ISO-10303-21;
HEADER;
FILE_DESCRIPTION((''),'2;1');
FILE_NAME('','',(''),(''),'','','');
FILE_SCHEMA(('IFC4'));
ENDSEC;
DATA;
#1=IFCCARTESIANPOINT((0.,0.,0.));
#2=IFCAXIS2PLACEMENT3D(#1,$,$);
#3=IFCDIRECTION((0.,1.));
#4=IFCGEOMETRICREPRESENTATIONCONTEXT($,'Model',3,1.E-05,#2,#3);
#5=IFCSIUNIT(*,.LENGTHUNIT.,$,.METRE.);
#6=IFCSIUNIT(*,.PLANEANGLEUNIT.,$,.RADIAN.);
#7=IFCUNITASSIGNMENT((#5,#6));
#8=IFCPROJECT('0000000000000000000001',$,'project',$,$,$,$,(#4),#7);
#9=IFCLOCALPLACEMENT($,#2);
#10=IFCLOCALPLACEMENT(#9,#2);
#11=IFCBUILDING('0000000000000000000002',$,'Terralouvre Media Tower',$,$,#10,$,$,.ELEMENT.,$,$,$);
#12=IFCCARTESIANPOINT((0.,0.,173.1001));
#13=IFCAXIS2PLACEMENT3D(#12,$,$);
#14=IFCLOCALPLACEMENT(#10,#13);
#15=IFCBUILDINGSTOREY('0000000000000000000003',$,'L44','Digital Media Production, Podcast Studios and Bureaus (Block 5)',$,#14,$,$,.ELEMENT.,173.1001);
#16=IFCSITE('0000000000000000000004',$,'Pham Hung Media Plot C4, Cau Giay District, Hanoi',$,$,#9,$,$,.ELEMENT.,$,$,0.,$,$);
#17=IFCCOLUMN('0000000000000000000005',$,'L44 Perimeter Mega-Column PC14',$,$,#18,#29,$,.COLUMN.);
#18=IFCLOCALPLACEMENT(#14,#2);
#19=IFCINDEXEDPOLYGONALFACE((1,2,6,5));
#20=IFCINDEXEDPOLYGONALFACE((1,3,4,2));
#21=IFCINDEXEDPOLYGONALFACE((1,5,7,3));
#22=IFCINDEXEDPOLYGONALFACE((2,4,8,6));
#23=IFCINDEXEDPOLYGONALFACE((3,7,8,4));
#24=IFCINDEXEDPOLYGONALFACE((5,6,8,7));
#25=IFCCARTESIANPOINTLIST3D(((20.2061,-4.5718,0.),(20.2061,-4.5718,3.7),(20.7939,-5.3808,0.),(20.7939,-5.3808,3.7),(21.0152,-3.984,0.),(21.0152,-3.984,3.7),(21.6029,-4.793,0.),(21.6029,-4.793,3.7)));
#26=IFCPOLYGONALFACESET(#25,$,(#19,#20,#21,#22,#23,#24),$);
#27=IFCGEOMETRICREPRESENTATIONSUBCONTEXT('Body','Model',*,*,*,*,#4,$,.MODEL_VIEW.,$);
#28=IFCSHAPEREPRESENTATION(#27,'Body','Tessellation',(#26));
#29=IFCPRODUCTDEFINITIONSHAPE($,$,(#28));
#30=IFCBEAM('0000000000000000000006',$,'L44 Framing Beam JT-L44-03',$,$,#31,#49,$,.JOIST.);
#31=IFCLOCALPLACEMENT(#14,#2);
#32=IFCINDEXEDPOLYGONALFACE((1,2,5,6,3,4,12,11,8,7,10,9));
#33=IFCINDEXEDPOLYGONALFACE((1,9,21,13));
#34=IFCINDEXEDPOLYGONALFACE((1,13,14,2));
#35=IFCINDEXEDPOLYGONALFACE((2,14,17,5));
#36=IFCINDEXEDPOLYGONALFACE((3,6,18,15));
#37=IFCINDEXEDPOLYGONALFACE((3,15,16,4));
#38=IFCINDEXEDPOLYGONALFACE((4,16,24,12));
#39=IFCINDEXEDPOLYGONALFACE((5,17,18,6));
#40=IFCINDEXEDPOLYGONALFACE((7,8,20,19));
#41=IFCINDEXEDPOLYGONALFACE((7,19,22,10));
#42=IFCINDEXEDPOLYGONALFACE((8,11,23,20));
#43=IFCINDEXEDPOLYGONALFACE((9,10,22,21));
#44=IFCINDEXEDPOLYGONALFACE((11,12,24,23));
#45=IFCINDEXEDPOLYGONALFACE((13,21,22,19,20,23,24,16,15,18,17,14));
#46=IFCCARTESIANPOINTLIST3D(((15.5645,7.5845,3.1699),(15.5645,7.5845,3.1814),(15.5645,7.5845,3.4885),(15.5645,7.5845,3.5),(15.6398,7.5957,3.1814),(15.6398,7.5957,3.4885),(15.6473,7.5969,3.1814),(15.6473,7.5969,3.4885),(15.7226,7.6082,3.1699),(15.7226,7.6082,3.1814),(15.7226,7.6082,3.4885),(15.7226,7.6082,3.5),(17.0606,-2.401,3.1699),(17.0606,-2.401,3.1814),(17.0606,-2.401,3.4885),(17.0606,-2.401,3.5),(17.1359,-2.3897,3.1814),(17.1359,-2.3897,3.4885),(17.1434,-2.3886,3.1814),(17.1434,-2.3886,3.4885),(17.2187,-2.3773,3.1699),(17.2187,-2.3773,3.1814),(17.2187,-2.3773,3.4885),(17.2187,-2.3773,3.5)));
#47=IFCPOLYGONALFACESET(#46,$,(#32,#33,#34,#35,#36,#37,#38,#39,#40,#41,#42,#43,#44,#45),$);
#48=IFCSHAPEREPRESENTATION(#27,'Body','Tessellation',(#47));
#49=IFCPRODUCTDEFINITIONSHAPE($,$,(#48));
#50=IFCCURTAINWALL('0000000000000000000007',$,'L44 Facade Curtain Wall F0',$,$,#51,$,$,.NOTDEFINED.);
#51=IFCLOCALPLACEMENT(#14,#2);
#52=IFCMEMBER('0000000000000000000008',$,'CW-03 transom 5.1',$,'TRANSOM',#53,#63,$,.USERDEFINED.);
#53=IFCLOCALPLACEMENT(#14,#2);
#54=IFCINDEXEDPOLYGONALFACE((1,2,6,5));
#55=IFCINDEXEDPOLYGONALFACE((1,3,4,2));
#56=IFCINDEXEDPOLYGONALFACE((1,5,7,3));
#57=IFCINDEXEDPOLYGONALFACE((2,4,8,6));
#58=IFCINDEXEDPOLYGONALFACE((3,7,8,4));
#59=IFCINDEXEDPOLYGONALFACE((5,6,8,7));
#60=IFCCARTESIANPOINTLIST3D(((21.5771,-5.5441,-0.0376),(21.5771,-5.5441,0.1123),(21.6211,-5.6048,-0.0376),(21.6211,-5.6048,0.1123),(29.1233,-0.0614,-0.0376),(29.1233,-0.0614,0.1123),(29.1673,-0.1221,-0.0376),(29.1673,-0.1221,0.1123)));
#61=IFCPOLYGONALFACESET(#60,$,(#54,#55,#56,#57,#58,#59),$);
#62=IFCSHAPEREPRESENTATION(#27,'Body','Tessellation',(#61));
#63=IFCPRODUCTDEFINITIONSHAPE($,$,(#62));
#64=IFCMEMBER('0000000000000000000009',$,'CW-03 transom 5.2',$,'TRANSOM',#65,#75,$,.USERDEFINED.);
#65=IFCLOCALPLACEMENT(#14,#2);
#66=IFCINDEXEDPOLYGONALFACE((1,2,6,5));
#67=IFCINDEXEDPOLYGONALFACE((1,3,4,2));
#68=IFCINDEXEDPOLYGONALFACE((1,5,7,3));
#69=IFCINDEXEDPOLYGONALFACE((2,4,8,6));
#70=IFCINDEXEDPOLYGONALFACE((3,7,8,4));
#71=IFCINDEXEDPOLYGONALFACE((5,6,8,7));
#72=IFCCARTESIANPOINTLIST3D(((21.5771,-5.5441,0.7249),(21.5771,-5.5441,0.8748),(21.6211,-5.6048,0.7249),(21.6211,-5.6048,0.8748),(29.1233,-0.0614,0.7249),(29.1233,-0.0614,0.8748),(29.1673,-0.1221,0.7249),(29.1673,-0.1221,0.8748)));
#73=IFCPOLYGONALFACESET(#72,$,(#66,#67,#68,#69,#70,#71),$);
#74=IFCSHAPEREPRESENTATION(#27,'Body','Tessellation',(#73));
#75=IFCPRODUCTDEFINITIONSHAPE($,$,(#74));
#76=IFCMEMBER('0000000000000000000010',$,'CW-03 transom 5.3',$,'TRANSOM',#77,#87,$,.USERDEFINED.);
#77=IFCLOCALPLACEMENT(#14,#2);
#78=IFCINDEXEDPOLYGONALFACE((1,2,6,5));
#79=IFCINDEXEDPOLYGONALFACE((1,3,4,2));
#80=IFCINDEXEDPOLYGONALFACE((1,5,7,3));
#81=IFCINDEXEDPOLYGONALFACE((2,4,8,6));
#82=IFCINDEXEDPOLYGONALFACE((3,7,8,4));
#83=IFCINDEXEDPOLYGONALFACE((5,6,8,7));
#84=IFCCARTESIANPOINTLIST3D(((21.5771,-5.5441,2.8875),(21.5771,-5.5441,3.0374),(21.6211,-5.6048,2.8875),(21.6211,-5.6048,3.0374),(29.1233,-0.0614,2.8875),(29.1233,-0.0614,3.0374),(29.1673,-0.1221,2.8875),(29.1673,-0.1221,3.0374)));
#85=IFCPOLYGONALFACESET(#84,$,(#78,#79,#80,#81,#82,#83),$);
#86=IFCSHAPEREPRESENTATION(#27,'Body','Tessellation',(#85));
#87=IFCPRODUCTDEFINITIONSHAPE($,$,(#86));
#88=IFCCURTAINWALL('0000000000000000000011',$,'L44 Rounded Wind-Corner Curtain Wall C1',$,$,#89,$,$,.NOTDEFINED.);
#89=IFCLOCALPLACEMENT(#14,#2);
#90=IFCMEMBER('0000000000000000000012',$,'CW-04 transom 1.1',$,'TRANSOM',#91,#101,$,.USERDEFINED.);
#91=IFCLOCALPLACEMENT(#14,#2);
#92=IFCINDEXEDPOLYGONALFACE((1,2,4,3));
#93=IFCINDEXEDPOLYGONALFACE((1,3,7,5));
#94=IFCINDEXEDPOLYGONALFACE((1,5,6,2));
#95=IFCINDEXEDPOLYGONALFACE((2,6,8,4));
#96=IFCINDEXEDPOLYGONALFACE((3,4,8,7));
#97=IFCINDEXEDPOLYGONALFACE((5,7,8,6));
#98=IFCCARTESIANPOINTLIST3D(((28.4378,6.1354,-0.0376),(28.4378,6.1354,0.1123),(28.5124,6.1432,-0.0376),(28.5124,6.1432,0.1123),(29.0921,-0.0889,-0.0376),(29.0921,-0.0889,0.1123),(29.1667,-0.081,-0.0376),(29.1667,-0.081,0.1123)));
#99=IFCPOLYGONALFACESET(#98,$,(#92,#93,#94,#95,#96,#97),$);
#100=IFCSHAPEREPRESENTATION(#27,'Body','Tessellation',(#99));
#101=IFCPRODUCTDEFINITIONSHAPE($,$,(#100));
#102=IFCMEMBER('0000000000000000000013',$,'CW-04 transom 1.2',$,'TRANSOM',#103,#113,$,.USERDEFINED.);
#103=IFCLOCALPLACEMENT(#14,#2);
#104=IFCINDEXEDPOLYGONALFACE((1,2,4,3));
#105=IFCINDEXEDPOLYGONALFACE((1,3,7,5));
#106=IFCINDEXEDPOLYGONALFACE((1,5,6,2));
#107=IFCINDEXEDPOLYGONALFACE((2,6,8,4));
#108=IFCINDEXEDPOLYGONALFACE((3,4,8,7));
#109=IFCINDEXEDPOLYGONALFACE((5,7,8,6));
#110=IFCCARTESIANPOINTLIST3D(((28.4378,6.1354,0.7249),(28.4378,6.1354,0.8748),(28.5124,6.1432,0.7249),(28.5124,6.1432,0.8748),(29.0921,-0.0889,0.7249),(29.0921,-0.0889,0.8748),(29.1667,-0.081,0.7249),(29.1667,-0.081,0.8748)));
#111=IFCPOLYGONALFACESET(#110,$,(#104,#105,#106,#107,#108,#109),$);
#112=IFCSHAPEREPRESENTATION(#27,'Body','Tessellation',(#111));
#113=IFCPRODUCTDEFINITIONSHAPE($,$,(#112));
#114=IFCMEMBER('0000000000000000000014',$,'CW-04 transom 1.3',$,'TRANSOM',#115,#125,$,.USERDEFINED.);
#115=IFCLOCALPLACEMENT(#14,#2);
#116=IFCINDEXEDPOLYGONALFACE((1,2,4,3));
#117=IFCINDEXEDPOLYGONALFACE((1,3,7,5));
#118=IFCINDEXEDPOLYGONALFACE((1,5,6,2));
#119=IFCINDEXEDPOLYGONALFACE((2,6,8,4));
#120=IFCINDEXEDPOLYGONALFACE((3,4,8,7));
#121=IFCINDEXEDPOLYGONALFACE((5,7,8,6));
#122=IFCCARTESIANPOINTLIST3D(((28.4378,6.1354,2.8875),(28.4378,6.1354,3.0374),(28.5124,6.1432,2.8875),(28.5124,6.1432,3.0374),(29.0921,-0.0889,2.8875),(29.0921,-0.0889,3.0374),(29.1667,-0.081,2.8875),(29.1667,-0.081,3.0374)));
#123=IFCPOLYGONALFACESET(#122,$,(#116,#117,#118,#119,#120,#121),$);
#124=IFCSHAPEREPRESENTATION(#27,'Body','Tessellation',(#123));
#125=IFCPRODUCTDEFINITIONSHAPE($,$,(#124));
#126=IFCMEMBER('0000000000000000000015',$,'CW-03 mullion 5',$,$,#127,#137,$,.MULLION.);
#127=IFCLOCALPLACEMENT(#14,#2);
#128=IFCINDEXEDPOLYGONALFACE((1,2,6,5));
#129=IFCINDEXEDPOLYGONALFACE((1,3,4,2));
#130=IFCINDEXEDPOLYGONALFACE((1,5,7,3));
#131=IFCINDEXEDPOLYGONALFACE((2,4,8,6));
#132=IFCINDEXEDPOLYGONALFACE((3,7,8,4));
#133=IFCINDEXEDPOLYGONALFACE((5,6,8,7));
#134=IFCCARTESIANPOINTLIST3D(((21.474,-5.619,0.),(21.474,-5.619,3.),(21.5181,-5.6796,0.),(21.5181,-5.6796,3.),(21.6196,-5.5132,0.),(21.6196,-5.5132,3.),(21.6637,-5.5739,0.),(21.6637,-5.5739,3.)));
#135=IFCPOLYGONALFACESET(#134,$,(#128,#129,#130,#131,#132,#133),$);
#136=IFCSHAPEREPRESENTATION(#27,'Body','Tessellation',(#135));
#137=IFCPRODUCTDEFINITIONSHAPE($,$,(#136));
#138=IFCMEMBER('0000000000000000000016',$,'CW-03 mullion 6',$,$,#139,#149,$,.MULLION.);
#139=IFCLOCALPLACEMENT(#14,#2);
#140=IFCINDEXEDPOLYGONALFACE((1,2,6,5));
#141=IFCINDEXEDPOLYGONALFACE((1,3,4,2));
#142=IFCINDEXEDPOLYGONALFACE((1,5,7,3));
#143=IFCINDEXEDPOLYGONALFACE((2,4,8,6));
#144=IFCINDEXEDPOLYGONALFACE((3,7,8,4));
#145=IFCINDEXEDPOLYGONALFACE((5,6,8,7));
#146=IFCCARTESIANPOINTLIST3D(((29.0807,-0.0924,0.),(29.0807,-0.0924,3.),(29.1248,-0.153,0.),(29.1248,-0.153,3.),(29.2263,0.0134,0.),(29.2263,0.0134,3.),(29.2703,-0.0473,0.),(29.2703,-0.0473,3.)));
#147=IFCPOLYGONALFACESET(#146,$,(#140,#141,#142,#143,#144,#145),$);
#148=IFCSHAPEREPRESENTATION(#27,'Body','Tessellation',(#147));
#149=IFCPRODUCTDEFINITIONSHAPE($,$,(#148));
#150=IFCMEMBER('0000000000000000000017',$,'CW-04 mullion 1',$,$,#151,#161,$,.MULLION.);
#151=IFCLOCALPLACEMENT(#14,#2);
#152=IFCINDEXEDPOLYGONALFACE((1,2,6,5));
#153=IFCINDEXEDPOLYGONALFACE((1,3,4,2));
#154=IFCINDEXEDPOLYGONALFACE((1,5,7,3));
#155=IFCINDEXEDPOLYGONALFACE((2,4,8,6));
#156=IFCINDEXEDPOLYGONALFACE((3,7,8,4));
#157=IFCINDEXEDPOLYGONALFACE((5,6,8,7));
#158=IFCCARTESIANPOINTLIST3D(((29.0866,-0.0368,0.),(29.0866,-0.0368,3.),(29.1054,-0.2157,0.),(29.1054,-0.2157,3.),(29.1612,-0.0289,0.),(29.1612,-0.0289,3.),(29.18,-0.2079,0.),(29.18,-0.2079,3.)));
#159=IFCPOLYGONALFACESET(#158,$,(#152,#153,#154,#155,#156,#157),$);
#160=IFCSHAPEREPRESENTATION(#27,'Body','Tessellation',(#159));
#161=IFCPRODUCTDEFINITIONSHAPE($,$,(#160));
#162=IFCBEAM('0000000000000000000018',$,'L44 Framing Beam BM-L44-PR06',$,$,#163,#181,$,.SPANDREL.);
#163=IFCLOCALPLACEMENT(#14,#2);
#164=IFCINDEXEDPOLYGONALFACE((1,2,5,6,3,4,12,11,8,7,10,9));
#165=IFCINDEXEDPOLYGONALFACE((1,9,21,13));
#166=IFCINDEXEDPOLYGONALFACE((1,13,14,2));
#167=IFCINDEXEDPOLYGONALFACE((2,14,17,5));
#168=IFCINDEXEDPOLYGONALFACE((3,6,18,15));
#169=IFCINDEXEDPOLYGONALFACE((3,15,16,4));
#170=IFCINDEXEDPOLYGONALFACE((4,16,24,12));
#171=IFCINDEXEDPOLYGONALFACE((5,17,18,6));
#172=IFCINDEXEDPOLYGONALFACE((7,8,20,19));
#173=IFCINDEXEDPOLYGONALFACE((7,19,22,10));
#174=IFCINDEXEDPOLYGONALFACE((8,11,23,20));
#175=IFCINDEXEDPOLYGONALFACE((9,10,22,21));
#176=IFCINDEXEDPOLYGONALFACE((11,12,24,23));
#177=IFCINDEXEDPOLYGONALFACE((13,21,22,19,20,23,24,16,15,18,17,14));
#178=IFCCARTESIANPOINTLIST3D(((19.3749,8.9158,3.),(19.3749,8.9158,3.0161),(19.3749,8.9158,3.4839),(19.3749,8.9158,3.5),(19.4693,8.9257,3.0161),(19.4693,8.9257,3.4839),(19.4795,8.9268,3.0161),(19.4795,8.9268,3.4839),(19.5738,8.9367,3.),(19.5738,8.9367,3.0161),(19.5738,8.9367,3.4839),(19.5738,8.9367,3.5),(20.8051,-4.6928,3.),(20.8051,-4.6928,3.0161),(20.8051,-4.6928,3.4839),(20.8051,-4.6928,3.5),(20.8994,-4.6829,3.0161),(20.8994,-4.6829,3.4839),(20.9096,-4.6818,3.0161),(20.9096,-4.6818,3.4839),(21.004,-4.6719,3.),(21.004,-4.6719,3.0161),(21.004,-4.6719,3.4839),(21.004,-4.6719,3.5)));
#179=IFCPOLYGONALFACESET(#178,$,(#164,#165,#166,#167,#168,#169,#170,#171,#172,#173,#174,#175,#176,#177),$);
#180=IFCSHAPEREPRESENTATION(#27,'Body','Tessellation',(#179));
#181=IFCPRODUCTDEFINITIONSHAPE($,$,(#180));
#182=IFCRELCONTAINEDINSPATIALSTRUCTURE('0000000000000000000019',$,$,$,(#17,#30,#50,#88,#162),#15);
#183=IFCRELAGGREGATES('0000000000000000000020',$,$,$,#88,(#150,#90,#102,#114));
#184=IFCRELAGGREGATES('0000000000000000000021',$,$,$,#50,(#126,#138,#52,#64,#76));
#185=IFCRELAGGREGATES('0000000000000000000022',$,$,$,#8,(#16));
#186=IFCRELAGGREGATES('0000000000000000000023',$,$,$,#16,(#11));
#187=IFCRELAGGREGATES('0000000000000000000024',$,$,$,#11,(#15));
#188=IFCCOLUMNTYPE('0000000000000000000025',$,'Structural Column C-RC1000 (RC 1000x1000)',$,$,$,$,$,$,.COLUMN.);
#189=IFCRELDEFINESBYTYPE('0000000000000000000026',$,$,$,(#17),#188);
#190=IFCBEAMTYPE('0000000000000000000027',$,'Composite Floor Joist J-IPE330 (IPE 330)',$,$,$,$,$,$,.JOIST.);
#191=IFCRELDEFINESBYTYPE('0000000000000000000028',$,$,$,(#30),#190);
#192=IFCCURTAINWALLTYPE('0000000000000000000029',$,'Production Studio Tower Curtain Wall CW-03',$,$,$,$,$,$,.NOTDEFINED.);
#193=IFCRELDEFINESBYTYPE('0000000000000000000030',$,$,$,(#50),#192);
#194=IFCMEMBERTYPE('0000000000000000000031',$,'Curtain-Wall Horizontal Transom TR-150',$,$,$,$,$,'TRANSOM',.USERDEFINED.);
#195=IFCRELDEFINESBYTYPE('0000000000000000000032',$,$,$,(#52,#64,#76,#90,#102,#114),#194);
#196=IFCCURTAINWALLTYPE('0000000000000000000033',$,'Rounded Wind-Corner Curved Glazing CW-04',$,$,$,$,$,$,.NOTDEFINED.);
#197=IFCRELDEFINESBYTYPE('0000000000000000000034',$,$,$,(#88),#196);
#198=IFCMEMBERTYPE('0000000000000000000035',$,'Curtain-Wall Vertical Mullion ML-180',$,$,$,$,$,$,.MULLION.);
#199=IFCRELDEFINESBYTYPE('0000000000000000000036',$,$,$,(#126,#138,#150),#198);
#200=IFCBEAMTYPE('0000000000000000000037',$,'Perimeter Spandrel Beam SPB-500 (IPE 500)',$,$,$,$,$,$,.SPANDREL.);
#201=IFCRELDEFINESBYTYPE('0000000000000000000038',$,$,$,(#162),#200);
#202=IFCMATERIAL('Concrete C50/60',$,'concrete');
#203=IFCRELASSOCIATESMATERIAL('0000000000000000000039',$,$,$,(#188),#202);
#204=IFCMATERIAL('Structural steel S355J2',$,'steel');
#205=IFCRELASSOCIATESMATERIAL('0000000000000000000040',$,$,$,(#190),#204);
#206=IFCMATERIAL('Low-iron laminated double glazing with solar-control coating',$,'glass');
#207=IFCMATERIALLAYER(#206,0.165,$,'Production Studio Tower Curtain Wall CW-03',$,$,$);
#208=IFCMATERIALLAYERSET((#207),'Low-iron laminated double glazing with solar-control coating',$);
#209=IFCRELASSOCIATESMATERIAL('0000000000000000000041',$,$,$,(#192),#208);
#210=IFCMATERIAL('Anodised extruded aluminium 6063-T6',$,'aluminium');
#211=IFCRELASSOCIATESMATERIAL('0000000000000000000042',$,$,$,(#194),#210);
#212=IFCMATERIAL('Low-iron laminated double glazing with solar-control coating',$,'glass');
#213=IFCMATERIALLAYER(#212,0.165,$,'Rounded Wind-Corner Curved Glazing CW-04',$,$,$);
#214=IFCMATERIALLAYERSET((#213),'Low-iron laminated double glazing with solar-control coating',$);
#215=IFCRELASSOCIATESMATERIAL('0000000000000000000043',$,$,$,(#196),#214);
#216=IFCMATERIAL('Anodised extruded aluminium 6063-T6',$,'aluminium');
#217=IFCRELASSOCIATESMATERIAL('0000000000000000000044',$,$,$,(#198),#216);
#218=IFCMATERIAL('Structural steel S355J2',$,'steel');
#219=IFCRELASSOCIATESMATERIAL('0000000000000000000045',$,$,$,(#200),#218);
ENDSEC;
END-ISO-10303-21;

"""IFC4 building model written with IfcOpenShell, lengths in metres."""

from ifc_helpers import new_model, si_unit, direction, frame, origin, origin_2d, place, context, subcontext, project, spatial, rectangle, i_section, extrude, material, layer, layer_set, material_profile, profile_set, type_object, element, aggregate, save


model = new_model("IFC4")

# Units and contexts
model_context = context("Model", 3, precision=1e-05, world=origin(), true_north=direction((0.0, 1.0)))
body_context = subcontext(model_context, "Body", "Model", "MODEL_VIEW")
ifc_project = project(units=[si_unit("LENGTHUNIT", "METRE"), si_unit("PLANEANGLEUNIT", "RADIAN")], contexts=[model_context])

# Site, building, storey
site_placement = place(None, origin())
site = spatial("IfcSite", under=ifc_project, at=site_placement, Name="Pham Hung Media Plot C4, Cau Giay District, Hanoi", CompositionType="ELEMENT", RefElevation=0.0)
building_placement = place(site_placement, origin())
building = spatial("IfcBuilding", under=site, at=building_placement, Name="Terralouvre Media Tower", CompositionType="ELEMENT")
storey_placement = place(building_placement, frame((0.0, 0.0, 173.1001)))
storey = spatial("IfcBuildingStorey", under=building, at=storey_placement, Name="L44", Description="Digital Media Production, Podcast Studios and Bureaus (Block 5)", CompositionType="ELEMENT", Elevation=173.1001)

# Column
ifc_material_1 = material(Name="Concrete C50/60", Category="concrete")
ifc_material_profile_1 = material_profile(ifc_material_1, rectangle(XDim=1.0, YDim=1.0, at=origin_2d()), Name="RC 1000x1000")
ifc_profile_set_1 = profile_set([ifc_material_profile_1], Name="Concrete C50/60")
column_type = type_object("IfcColumnType", Name="Structural Column C-RC1000 (RC 1000x1000)", PredefinedType="COLUMN", material=ifc_profile_set_1)
column_placement = place(storey_placement, frame((20.9045, -4.6824, 0.0), z_axis=(0.0, 0.0, 1.0), x_axis=(0.809017, 0.587785, 0.0)))
element("IfcColumn", 1, at=column_placement, inside=storey, type_object=column_type, Name="L44 Perimeter Mega-Column PC14", PredefinedType="COLUMN", context=body_context, shape_type="SweptSolid", body=[
    extrude(rectangle(XDim=1.0, YDim=1.0, at=origin_2d()), origin(), (0.0, 0.0, 1.0), 3.7),
])

# Beam
ifc_material_2 = material(Name="Structural steel S355J2", Category="steel")
ifc_material_profile_2 = material_profile(ifc_material_2, i_section(OverallWidth=0.1599, OverallDepth=0.3301, WebThickness=0.0076, FlangeThickness=0.0115, at=origin_2d()), Name="IPE 330")
ifc_profile_set_2 = profile_set([ifc_material_profile_2], Name="Structural steel S355J2")
beam_type_1 = type_object("IfcBeamType", Name="Composite Floor Joist J-IPE330 (IPE 330)", PredefinedType="JOIST", material=ifc_profile_set_2)
beam_1_placement = place(storey_placement, frame((17.1396, -2.3892, 3.335), z_axis=(-0.148175, 0.988961, 0.0), x_axis=(-0.988961, -0.148175, 0.0)))
element("IfcBeam", 2, at=beam_1_placement, inside=storey, type_object=beam_type_1, Name="L44 Framing Beam JT-L44-03", PredefinedType="JOIST", context=body_context, shape_type="SweptSolid", body=[
    extrude(i_section(OverallWidth=0.1599, OverallDepth=0.3301, WebThickness=0.0076, FlangeThickness=0.0115, at=origin_2d()), origin(), (0.0, 0.0, 1.0), 10.0969),
])

# Curtain walls, members
ifc_material_3 = material(Name="Low-iron laminated double glazing with solar-control coating", Category="glass")
ifc_layer_1 = layer(ifc_material_3, 0.165, Name="Production Studio Tower Curtain Wall CW-03")
ifc_layer_set_1 = layer_set([ifc_layer_1], Name="Low-iron laminated double glazing with solar-control coating")
curtain_wall_type_1 = type_object("IfcCurtainWallType", Name="Production Studio Tower Curtain Wall CW-03", PredefinedType="NOTDEFINED", material=ifc_layer_set_1)
curtain_wall_1_placement = place(storey_placement, origin())
curtain_wall_1 = element("IfcCurtainWall", 3, at=curtain_wall_1_placement, inside=storey, type_object=curtain_wall_type_1, Name="L44 Facade Curtain Wall F0", PredefinedType="NOTDEFINED")
ifc_material_4 = material(Name="Anodised extruded aluminium 6063-T6", Category="aluminium")
ifc_material_profile_3 = material_profile(ifc_material_4, rectangle(XDim=0.075, YDim=0.1499, at=origin_2d()), Name="ALU 75x150")
ifc_profile_set_3 = profile_set([ifc_material_profile_3], Name="Anodised extruded aluminium 6063-T6")
member_type_1 = type_object("IfcMemberType", Name="Curtain-Wall Horizontal Transom TR-150", ElementType="TRANSOM", PredefinedType="USERDEFINED", material=ifc_profile_set_3)
member_1_placement = place(storey_placement, frame((21.5991, -5.5745, 0.0374), z_axis=(0.809013, 0.58779, 0.0), x_axis=(-0.58779, 0.809013, 0.0)))
member_1 = element("IfcMember", 4, at=member_1_placement, type_object=member_type_1, Name="CW-03 transom 5.1", ObjectType="TRANSOM", PredefinedType="USERDEFINED", context=body_context, shape_type="SweptSolid", body=[
    extrude(rectangle(XDim=0.075, YDim=0.1499, at=origin_2d()), origin(), (0.0, 0.0, 1.0), 9.3276),
])
member_2_placement = place(storey_placement, frame((21.5991, -5.5745, 0.7998), z_axis=(0.809013, 0.58779, 0.0), x_axis=(-0.58779, 0.809013, 0.0)))
member_2 = element("IfcMember", 5, at=member_2_placement, type_object=member_type_1, Name="CW-03 transom 5.2", ObjectType="TRANSOM", PredefinedType="USERDEFINED", context=body_context, shape_type="SweptSolid", body=[
    extrude(rectangle(XDim=0.075, YDim=0.1499, at=origin_2d()), origin(), (0.0, 0.0, 1.0), 9.3276),
])
member_3_placement = place(storey_placement, frame((21.5991, -5.5745, 2.9624), z_axis=(0.809013, 0.58779, 0.0), x_axis=(-0.58779, 0.809013, 0.0)))
member_3 = element("IfcMember", 6, at=member_3_placement, type_object=member_type_1, Name="CW-03 transom 5.3", ObjectType="TRANSOM", PredefinedType="USERDEFINED", context=body_context, shape_type="SweptSolid", body=[
    extrude(rectangle(XDim=0.075, YDim=0.1499, at=origin_2d()), origin(), (0.0, 0.0, 1.0), 9.3276),
])
ifc_material_5 = material(Name="Low-iron laminated double glazing with solar-control coating", Category="glass")
ifc_layer_2 = layer(ifc_material_5, 0.165, Name="Rounded Wind-Corner Curved Glazing CW-04")
ifc_layer_set_2 = layer_set([ifc_layer_2], Name="Low-iron laminated double glazing with solar-control coating")
curtain_wall_type_2 = type_object("IfcCurtainWallType", Name="Rounded Wind-Corner Curved Glazing CW-04", PredefinedType="NOTDEFINED", material=ifc_layer_set_2)
curtain_wall_2_placement = place(storey_placement, origin())
curtain_wall_2 = element("IfcCurtainWall", 7, at=curtain_wall_2_placement, inside=storey, type_object=curtain_wall_type_2, Name="L44 Rounded Wind-Corner Curtain Wall C1", PredefinedType="NOTDEFINED")
member_4_placement = place(storey_placement, frame((29.1294, -0.085, 0.0374), z_axis=(-0.104543, 0.99452, 0.0), x_axis=(-0.99452, -0.104543, 0.0)))
member_4 = element("IfcMember", 8, at=member_4_placement, type_object=member_type_1, Name="CW-04 transom 1.1", ObjectType="TRANSOM", PredefinedType="USERDEFINED", context=body_context, shape_type="SweptSolid", body=[
    extrude(rectangle(XDim=0.075, YDim=0.1499, at=origin_2d()), origin(), (0.0, 0.0, 1.0), 6.2585),
])
member_5_placement = place(storey_placement, frame((29.1294, -0.085, 0.7998), z_axis=(-0.104543, 0.99452, 0.0), x_axis=(-0.99452, -0.104543, 0.0)))
member_5 = element("IfcMember", 9, at=member_5_placement, type_object=member_type_1, Name="CW-04 transom 1.2", ObjectType="TRANSOM", PredefinedType="USERDEFINED", context=body_context, shape_type="SweptSolid", body=[
    extrude(rectangle(XDim=0.075, YDim=0.1499, at=origin_2d()), origin(), (0.0, 0.0, 1.0), 6.2585),
])
member_6_placement = place(storey_placement, frame((29.1294, -0.085, 2.9624), z_axis=(-0.104543, 0.99452, 0.0), x_axis=(-0.99452, -0.104543, 0.0)))
member_6 = element("IfcMember", 10, at=member_6_placement, type_object=member_type_1, Name="CW-04 transom 1.3", ObjectType="TRANSOM", PredefinedType="USERDEFINED", context=body_context, shape_type="SweptSolid", body=[
    extrude(rectangle(XDim=0.075, YDim=0.1499, at=origin_2d()), origin(), (0.0, 0.0, 1.0), 6.2585),
])

# Members
ifc_material_6 = material(Name="Anodised extruded aluminium 6063-T6", Category="aluminium")
ifc_material_profile_4 = material_profile(ifc_material_6, rectangle(XDim=0.075, YDim=0.1799, at=origin_2d()), Name="ALU 75x180")
ifc_profile_set_4 = profile_set([ifc_material_profile_4], Name="Anodised extruded aluminium 6063-T6")
member_type_2 = type_object("IfcMemberType", Name="Curtain-Wall Vertical Mullion ML-180", PredefinedType="MULLION", material=ifc_profile_set_4)
member_7_placement = place(storey_placement, frame((21.5688, -5.5964, 0.0), z_axis=(0.0, 0.0, 1.0), x_axis=(-0.587785, 0.809017, 0.0)))
member_7 = element("IfcMember", 11, at=member_7_placement, type_object=member_type_2, Name="CW-03 mullion 5", PredefinedType="MULLION", context=body_context, shape_type="SweptSolid", body=[
    extrude(rectangle(XDim=0.075, YDim=0.1799, at=origin_2d()), origin(), (0.0, 0.0, 1.0), 3.0),
])
member_8_placement = place(storey_placement, frame((29.1755, -0.0698, 0.0), z_axis=(0.0, 0.0, 1.0), x_axis=(-0.587785, 0.809017, 0.0)))
member_8 = element("IfcMember", 12, at=member_8_placement, type_object=member_type_2, Name="CW-03 mullion 6", PredefinedType="MULLION", context=body_context, shape_type="SweptSolid", body=[
    extrude(rectangle(XDim=0.075, YDim=0.1799, at=origin_2d()), origin(), (0.0, 0.0, 1.0), 3.0),
])
member_9_placement = place(storey_placement, frame((29.1333, -0.1223, 0.0), z_axis=(0.0, 0.0, 1.0), x_axis=(-0.994522, -0.104529, 0.0)))
member_9 = element("IfcMember", 13, at=member_9_placement, type_object=member_type_2, Name="CW-04 mullion 1", PredefinedType="MULLION", context=body_context, shape_type="SweptSolid", body=[
    extrude(rectangle(XDim=0.075, YDim=0.1799, at=origin_2d()), origin(), (0.0, 0.0, 1.0), 3.0),
])
aggregate(curtain_wall_2, [member_9, member_4, member_5, member_6])

# Beam
ifc_material_7 = material(Name="Structural steel S355J2", Category="steel")
ifc_material_profile_5 = material_profile(ifc_material_7, i_section(OverallWidth=0.2, OverallDepth=0.5, WebThickness=0.0103, FlangeThickness=0.0161, at=origin_2d()), Name="IPE 500")
ifc_profile_set_5 = profile_set([ifc_material_profile_5], Name="Structural steel S355J2")
beam_type_2 = type_object("IfcBeamType", Name="Perimeter Spandrel Beam SPB-500 (IPE 500)", PredefinedType="SPANDREL", material=ifc_profile_set_5)
beam_2_placement = place(storey_placement, frame((20.9045, -4.6824, 3.25), z_axis=(-0.104518, 0.994523, 0.0), x_axis=(-0.994523, -0.104518, 0.0)))
element("IfcBeam", 14, at=beam_2_placement, inside=storey, type_object=beam_type_2, Name="L44 Framing Beam BM-L44-PR06", PredefinedType="SPANDREL", context=body_context, shape_type="SweptSolid", body=[
    extrude(i_section(OverallWidth=0.2, OverallDepth=0.5, WebThickness=0.0103, FlangeThickness=0.0161, at=origin_2d()), origin(), (0.0, 0.0, 1.0), 13.6836),
])

aggregate(curtain_wall_1, [member_7, member_8, member_1, member_2, member_3])

save(model, "model.ifc")
